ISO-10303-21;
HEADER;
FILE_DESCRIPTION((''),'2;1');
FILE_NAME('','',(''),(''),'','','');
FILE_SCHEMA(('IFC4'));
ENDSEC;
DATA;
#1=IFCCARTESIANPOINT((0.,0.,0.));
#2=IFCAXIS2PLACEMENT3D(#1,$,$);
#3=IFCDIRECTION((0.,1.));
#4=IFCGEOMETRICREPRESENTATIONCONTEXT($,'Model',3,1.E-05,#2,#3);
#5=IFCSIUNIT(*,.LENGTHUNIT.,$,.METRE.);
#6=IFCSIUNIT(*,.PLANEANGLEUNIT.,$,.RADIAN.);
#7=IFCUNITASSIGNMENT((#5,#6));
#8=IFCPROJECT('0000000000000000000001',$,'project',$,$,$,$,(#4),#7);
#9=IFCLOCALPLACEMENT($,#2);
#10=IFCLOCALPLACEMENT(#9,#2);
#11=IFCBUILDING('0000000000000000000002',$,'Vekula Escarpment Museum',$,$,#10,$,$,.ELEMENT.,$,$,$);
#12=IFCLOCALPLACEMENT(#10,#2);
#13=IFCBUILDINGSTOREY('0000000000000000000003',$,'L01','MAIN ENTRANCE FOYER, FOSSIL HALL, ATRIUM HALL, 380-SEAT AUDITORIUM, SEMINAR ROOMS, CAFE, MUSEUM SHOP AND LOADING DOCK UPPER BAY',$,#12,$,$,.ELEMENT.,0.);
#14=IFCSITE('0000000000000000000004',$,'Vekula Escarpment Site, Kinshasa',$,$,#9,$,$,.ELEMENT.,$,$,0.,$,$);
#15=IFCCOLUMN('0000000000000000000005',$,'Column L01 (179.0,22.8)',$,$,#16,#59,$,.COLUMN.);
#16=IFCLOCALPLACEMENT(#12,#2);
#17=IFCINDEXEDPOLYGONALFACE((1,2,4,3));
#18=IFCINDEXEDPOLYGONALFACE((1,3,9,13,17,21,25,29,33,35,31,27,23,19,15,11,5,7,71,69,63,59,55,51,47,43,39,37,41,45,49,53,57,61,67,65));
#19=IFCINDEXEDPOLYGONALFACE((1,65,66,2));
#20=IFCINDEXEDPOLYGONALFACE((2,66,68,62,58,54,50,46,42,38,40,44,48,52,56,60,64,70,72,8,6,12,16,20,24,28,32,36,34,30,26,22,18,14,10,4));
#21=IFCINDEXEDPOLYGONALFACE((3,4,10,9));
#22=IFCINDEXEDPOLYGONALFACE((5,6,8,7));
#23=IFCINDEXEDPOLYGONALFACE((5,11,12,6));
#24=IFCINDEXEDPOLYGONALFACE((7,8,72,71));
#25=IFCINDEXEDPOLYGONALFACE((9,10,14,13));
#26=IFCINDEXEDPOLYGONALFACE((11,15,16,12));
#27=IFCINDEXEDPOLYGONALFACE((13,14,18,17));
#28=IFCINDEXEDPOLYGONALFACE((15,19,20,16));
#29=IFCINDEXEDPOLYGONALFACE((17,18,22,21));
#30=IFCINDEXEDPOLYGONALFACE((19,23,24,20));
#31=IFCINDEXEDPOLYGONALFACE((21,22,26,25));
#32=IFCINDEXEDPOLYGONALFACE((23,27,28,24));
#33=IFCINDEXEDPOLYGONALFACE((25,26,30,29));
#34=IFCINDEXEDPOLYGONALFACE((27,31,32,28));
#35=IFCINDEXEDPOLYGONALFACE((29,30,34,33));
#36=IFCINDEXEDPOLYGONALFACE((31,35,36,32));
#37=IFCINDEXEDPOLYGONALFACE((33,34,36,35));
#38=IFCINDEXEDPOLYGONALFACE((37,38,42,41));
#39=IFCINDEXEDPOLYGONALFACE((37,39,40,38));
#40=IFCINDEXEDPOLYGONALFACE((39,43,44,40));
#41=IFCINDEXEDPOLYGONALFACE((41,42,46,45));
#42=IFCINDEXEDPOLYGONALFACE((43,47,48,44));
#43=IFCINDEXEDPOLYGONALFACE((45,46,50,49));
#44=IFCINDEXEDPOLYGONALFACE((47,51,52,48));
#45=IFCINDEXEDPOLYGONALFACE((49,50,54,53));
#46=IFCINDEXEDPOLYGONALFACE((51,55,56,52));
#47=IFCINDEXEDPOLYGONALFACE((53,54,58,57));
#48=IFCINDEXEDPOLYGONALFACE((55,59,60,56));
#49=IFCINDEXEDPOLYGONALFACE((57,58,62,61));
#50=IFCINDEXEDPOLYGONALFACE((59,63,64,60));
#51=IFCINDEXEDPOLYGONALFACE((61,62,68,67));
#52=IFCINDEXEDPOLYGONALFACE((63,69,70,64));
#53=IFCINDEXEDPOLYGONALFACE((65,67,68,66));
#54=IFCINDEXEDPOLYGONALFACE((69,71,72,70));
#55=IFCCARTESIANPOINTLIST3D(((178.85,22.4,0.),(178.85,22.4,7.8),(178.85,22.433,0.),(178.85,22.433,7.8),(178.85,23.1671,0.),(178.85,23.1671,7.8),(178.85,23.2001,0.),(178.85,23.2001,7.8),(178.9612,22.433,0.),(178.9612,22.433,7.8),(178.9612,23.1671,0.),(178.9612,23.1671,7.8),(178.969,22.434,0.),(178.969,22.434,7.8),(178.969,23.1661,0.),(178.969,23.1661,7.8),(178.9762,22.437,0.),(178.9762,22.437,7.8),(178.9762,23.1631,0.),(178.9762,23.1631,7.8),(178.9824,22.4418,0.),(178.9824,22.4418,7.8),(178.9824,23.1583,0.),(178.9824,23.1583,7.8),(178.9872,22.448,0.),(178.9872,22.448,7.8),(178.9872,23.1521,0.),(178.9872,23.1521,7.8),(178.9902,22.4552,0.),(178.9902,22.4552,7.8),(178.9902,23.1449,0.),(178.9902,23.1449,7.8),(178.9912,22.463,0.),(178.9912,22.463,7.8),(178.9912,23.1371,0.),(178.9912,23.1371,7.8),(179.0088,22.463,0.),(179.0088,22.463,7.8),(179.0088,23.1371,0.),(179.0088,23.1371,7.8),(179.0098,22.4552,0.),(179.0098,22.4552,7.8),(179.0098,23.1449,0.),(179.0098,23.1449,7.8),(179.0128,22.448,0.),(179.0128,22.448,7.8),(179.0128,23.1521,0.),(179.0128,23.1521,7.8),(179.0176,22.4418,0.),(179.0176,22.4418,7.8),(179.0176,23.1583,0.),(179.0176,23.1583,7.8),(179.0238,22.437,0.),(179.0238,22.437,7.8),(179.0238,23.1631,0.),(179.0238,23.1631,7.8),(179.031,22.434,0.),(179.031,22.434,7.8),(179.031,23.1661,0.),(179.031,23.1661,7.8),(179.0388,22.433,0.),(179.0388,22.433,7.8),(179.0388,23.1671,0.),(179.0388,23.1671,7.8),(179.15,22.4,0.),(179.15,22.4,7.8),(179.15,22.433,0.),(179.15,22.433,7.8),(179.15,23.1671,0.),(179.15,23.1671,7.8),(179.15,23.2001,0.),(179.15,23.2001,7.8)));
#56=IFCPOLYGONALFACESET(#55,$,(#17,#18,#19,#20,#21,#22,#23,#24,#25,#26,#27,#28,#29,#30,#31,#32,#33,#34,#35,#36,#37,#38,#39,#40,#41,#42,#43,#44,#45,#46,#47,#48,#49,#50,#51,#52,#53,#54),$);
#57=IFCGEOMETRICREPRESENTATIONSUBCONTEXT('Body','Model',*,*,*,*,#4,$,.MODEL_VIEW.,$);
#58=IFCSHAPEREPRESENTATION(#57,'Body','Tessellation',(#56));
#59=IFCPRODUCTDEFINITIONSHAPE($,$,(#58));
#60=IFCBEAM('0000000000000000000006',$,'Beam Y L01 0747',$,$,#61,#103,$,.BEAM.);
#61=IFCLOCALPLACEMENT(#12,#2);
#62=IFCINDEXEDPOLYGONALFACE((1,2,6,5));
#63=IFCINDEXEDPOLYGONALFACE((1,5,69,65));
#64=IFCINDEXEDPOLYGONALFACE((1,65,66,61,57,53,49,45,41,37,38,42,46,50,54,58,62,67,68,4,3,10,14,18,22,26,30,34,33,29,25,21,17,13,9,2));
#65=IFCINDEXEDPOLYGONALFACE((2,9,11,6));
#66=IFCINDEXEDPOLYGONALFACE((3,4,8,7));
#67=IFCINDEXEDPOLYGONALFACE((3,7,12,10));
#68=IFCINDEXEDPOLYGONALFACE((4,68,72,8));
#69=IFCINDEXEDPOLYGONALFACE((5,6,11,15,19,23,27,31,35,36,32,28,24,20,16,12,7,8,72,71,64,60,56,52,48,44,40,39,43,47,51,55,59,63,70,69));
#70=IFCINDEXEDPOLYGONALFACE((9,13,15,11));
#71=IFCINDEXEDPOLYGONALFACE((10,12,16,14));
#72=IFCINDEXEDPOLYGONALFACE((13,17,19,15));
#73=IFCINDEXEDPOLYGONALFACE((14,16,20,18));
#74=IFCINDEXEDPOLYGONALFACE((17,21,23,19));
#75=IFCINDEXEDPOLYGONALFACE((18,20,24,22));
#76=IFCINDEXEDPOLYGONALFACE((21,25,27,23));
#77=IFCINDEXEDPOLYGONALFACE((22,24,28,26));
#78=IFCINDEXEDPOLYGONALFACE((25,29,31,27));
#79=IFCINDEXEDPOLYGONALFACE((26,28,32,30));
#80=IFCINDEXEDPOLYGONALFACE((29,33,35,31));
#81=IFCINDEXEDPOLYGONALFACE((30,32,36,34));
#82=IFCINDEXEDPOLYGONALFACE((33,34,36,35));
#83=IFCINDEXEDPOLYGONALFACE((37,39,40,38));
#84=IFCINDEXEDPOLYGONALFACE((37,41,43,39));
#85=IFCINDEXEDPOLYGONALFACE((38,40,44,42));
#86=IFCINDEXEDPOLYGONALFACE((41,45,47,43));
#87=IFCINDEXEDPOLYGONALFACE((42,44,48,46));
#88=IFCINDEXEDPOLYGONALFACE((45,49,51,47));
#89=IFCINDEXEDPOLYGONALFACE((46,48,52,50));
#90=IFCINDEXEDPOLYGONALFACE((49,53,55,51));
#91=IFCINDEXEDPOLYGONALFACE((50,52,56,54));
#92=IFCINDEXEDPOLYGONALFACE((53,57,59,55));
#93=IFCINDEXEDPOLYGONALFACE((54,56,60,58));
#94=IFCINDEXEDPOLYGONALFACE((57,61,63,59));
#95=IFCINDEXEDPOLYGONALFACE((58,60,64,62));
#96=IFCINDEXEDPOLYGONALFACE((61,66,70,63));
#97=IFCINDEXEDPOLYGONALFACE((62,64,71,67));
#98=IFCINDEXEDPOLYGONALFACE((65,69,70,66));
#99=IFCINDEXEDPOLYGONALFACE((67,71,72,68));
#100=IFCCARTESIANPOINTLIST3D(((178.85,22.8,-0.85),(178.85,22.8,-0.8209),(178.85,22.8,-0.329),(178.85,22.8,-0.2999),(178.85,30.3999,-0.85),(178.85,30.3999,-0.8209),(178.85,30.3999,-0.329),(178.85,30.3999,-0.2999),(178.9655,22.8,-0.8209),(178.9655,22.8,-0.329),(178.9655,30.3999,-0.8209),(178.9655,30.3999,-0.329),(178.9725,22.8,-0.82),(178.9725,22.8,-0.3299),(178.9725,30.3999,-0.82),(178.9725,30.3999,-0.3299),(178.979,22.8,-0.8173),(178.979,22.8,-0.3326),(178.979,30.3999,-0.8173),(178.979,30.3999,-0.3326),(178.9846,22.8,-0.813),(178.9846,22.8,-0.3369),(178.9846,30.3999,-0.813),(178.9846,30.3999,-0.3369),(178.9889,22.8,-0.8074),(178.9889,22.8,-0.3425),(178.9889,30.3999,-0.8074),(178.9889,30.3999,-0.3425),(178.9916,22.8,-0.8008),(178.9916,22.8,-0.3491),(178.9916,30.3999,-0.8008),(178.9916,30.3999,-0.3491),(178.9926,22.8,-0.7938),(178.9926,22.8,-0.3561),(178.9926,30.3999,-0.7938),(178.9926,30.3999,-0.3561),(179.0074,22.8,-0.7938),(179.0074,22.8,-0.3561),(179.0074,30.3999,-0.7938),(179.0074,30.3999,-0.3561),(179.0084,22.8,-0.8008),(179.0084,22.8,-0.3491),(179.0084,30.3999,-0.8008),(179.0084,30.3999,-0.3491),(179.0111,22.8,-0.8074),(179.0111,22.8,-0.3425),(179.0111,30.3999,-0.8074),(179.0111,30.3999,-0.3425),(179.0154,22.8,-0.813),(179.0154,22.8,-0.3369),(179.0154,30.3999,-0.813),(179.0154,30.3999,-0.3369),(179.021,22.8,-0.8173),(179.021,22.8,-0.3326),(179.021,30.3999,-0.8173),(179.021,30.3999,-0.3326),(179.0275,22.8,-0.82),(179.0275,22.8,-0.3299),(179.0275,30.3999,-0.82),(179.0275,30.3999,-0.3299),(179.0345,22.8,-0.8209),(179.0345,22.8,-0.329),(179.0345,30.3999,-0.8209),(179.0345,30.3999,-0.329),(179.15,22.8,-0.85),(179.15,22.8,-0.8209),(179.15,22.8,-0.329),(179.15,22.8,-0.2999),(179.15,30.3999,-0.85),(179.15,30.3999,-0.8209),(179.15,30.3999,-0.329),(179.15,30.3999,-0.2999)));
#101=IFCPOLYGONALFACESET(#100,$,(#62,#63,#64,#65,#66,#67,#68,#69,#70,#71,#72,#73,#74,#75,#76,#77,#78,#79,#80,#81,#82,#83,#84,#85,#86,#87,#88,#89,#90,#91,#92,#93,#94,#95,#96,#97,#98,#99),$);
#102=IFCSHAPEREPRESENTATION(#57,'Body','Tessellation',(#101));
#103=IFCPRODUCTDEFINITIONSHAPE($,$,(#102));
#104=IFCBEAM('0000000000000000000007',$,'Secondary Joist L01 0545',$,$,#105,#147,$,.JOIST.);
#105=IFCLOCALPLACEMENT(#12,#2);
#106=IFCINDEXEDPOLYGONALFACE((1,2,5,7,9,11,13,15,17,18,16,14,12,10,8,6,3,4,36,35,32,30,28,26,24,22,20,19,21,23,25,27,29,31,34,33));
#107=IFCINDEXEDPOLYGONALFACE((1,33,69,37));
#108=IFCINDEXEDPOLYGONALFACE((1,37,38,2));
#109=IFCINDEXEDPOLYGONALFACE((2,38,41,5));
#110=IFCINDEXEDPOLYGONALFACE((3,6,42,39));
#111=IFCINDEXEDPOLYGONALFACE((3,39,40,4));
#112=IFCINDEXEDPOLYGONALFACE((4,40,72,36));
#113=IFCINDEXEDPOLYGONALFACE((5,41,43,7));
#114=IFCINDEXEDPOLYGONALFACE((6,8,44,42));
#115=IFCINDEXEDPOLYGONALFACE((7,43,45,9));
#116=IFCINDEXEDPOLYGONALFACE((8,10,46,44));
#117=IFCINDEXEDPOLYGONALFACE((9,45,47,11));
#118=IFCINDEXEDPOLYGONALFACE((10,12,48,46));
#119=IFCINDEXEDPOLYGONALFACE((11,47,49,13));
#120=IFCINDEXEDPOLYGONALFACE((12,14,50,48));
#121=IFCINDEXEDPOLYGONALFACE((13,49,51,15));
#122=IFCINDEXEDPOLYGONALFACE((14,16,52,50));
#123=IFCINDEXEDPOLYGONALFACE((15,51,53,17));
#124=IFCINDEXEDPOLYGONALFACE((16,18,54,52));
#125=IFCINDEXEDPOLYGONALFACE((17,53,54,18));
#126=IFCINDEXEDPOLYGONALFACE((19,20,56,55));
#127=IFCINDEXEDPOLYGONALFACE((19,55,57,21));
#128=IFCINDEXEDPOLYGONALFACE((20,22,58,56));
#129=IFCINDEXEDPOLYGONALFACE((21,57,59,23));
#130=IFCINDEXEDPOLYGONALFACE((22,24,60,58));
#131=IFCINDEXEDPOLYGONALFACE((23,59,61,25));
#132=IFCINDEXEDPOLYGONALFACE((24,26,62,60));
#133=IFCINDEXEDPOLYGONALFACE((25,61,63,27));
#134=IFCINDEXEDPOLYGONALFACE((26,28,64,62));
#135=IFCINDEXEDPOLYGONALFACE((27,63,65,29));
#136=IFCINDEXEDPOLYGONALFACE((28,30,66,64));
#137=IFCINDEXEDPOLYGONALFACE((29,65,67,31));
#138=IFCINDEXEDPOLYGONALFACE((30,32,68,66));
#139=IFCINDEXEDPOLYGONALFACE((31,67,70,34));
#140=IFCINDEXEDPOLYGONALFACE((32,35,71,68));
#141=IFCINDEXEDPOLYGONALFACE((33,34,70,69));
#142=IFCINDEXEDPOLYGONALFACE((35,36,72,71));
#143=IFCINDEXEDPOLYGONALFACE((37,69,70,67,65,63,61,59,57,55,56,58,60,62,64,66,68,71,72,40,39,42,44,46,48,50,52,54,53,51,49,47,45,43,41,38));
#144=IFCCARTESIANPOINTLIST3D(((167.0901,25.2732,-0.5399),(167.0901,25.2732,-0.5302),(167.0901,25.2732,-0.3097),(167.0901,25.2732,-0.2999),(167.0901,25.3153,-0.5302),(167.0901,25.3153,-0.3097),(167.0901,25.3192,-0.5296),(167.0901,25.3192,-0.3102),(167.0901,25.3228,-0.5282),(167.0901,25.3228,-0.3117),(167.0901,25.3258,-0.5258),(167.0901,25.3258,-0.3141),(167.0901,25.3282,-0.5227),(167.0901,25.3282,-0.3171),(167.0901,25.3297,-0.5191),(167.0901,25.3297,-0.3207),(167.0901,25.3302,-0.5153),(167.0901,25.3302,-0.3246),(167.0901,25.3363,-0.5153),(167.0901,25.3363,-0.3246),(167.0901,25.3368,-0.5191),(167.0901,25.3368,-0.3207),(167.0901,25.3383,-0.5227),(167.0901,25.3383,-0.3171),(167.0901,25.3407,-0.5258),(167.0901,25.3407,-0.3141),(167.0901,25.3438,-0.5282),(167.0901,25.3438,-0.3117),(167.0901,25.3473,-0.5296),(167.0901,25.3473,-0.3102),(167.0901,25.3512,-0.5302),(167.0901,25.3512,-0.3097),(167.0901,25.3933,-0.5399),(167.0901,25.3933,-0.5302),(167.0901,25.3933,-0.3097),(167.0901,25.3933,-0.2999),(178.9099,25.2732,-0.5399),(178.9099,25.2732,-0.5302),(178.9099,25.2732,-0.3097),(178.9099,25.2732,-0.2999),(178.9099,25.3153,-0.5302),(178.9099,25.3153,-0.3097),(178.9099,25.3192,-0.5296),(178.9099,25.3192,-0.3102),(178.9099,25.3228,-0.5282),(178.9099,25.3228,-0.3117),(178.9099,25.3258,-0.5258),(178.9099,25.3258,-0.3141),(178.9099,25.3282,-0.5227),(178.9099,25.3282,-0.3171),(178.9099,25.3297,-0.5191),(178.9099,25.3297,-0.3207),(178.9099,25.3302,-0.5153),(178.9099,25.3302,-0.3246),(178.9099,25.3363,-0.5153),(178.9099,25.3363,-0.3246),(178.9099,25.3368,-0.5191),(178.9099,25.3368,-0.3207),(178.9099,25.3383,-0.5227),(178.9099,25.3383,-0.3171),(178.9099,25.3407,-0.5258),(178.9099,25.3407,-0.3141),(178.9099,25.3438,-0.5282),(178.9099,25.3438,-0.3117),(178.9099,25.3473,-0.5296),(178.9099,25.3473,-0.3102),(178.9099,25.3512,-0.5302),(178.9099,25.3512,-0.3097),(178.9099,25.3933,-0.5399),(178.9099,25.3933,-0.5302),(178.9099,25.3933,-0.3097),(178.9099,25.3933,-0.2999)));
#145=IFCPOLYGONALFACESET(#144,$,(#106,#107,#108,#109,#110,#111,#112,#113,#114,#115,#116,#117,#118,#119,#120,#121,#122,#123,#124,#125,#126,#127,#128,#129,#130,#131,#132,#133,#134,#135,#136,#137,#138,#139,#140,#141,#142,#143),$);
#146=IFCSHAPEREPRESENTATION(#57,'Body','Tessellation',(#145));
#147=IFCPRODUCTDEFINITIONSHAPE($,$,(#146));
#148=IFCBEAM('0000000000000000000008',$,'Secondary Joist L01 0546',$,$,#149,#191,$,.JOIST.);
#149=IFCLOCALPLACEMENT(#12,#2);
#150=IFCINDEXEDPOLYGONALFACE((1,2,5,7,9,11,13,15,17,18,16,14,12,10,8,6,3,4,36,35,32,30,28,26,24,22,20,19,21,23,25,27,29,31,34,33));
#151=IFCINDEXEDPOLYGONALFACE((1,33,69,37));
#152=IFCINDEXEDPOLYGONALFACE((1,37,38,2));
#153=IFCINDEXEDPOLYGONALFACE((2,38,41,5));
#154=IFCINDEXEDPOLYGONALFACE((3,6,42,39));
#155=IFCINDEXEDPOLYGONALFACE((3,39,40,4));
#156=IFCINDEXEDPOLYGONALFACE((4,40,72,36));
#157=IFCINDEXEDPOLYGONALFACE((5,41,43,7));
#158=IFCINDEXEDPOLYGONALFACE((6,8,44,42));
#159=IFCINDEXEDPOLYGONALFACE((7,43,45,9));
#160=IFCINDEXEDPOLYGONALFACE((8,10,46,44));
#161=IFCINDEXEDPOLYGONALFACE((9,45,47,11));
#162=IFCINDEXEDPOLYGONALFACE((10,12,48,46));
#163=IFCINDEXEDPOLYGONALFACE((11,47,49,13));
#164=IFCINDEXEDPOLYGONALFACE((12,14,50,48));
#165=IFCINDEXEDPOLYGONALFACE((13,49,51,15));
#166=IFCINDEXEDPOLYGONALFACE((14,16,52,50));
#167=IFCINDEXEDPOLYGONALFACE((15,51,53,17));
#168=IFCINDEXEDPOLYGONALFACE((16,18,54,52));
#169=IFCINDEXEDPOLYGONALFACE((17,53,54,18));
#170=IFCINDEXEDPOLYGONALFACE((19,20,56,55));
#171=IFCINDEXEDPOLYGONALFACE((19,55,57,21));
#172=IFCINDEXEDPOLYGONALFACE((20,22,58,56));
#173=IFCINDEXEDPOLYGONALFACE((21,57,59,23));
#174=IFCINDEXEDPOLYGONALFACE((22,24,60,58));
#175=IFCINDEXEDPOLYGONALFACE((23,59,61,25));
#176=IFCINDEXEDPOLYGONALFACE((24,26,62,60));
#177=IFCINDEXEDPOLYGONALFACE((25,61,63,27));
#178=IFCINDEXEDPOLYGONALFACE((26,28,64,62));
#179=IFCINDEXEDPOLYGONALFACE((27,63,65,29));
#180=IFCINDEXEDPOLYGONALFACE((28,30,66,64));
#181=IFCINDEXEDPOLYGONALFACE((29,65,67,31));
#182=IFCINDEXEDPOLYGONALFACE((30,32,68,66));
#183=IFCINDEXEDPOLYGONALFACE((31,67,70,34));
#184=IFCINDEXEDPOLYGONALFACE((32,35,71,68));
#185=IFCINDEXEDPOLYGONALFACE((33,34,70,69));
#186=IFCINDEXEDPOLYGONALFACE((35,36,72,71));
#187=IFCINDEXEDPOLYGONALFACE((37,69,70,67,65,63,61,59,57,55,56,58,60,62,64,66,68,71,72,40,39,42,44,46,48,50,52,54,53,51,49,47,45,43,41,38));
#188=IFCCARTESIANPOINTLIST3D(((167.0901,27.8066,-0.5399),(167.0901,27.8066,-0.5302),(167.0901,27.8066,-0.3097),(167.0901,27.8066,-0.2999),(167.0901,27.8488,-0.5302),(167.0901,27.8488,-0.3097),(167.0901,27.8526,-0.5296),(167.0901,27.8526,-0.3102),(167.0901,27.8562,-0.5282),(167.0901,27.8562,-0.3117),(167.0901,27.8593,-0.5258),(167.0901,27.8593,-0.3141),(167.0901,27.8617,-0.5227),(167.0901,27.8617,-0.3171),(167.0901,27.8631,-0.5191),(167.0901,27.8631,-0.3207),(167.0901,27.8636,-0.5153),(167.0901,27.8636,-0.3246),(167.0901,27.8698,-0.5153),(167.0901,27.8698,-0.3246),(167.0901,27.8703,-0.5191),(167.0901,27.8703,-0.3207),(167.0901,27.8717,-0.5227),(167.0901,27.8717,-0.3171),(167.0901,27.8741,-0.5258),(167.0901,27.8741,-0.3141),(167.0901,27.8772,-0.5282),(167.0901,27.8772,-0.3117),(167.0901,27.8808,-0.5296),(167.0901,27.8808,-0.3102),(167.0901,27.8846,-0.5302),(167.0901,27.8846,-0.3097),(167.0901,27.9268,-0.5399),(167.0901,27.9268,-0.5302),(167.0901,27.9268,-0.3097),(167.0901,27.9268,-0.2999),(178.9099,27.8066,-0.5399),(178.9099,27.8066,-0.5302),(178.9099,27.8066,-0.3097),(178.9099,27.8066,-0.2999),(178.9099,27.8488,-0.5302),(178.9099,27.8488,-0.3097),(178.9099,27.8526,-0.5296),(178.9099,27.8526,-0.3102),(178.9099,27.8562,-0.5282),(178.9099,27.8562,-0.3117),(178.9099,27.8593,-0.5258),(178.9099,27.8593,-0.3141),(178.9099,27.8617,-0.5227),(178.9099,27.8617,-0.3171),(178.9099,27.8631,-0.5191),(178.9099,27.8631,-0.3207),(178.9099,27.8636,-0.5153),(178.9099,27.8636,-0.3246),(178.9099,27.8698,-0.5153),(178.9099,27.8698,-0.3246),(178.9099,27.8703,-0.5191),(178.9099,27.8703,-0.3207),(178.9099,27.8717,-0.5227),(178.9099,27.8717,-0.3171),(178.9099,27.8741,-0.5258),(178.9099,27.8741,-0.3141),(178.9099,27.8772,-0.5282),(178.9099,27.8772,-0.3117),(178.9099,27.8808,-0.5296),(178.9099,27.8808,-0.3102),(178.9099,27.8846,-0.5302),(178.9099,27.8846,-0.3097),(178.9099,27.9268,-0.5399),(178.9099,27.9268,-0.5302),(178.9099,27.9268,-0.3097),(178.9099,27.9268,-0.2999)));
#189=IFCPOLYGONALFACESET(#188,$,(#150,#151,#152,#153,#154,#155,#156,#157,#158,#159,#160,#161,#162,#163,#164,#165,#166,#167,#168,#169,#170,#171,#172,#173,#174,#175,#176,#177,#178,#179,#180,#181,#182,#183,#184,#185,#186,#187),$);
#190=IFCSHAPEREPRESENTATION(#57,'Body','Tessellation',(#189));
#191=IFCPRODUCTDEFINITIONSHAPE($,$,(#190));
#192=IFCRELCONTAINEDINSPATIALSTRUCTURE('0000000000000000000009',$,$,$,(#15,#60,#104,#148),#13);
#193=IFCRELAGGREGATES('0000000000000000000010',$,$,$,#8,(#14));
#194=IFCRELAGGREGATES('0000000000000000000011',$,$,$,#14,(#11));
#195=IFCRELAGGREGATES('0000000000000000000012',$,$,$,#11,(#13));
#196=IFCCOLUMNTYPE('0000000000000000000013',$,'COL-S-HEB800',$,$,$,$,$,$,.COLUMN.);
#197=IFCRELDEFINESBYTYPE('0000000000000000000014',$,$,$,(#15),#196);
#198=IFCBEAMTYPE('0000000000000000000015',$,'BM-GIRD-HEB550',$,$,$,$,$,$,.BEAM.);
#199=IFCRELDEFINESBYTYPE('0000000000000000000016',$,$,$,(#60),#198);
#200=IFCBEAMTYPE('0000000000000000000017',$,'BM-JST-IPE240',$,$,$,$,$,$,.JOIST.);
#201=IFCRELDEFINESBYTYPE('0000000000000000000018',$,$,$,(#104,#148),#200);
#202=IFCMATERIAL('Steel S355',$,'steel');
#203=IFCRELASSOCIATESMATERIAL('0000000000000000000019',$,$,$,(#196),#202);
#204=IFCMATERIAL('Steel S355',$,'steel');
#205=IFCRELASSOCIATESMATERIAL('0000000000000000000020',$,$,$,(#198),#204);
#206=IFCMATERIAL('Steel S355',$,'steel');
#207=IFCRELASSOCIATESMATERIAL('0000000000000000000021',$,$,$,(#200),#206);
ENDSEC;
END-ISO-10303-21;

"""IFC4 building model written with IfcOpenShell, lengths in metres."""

from ifc_helpers import new_model, si_unit, direction, frame, origin, origin_2d, place, context, subcontext, project, spatial, i_section, extrude, material, material_profile, profile_set, type_object, element, save


model = new_model("IFC4")

# Units and contexts
model_context = context("Model", 3, precision=1e-05, world=origin(), true_north=direction((0.0, 1.0)))
body_context = subcontext(model_context, "Body", "Model", "MODEL_VIEW")
ifc_project = project(units=[si_unit("LENGTHUNIT", "METRE"), si_unit("PLANEANGLEUNIT", "RADIAN")], contexts=[model_context])

# Site, building, storey
site_placement = place(None, origin())
site = spatial("IfcSite", under=ifc_project, at=site_placement, Name="Vekula Escarpment Site, Kinshasa", CompositionType="ELEMENT", RefElevation=0.0)
building_placement = place(site_placement, origin())
building = spatial("IfcBuilding", under=site, at=building_placement, Name="Vekula Escarpment Museum", CompositionType="ELEMENT")
storey_placement = place(building_placement, origin())
storey = spatial("IfcBuildingStorey", under=building, at=storey_placement, Name="L01", Description="MAIN ENTRANCE FOYER, FOSSIL HALL, ATRIUM HALL, 380-SEAT AUDITORIUM, SEMINAR ROOMS, CAFE, MUSEUM SHOP AND LOADING DOCK UPPER BAY", CompositionType="ELEMENT", Elevation=0.0)

# Column
ifc_material_1 = material(Name="Steel S355", Category="steel")
ifc_material_profile_1 = material_profile(ifc_material_1, i_section(OverallWidth=0.3, OverallDepth=0.8, WebThickness=0.0176, FlangeThickness=0.033, FilletRadius=0.03, at=origin_2d()), Name="HEB 800")
ifc_profile_set_1 = profile_set([ifc_material_profile_1], Name="Steel S355")
column_type = type_object("IfcColumnType", Name="COL-S-HEB800", PredefinedType="COLUMN", material=ifc_profile_set_1)
column_placement = place(storey_placement, frame((179.0, 22.8, 0.0), z_axis=(0.0, 0.0, 1.0), x_axis=(1.0, 0.0, 0.0)))
element("IfcColumn", 1, at=column_placement, inside=storey, type_object=column_type, Name="Column L01 (179.0,22.8)", PredefinedType="COLUMN", context=body_context, shape_type="SweptSolid", body=[
    extrude(i_section(OverallWidth=0.3, OverallDepth=0.8, WebThickness=0.0176, FlangeThickness=0.033, FilletRadius=0.03, at=origin_2d()), origin(), (0.0, 0.0, 1.0), 7.8),
])

# Beams
ifc_material_2 = material(Name="Steel S355", Category="steel")
ifc_material_profile_2 = material_profile(ifc_material_2, i_section(OverallWidth=0.3, OverallDepth=0.55, WebThickness=0.0149, FlangeThickness=0.0291, FilletRadius=0.0271, at=origin_2d()), Name="HEB 550")
ifc_profile_set_2 = profile_set([ifc_material_profile_2], Name="Steel S355")
beam_type_1 = type_object("IfcBeamType", Name="BM-GIRD-HEB550", PredefinedType="BEAM", material=ifc_profile_set_2)
beam_1_placement = place(storey_placement, frame((179.0, 22.8, -0.575), z_axis=(0.0, 1.0, 0.0), x_axis=(-1.0, 0.0, 0.0)))
element("IfcBeam", 2, at=beam_1_placement, inside=storey, type_object=beam_type_1, Name="Beam Y L01 0747", PredefinedType="BEAM", context=body_context, shape_type="SweptSolid", body=[
    extrude(i_section(OverallWidth=0.3, OverallDepth=0.55, WebThickness=0.0149, FlangeThickness=0.0291, FilletRadius=0.0271, at=origin_2d()), origin(), (0.0, 0.0, 1.0), 7.5999),
])
ifc_material_3 = material(Name="Steel S355", Category="steel")
ifc_material_profile_3 = material_profile(ifc_material_3, i_section(OverallWidth=0.1201, OverallDepth=0.24, WebThickness=0.0061, FlangeThickness=0.0098, FilletRadius=0.0149, at=origin_2d()), Name="IPE 240")
ifc_profile_set_3 = profile_set([ifc_material_profile_3], Name="Steel S355")
beam_type_2 = type_object("IfcBeamType", Name="BM-JST-IPE240", PredefinedType="JOIST", material=ifc_profile_set_3)
for number, where, z_axis, x_axis, name in (
    (3, (167.0901, 25.3333, -0.4199), (1.0, 0.0, 0.0), (0.0, 1.0, 0.0), "Secondary Joist L01 0545"),
    (4, (167.0901, 27.8667, -0.4199), (1.0, 0.0, 0.0), (0.0, 1.0, 0.0), "Secondary Joist L01 0546"),
):
    element("IfcBeam", number, at=place(storey_placement, frame(where, z_axis=z_axis, x_axis=x_axis)), inside=storey, type_object=beam_type_2, Name=name, PredefinedType="JOIST", context=body_context, shape_type="SweptSolid", body=[
        extrude(i_section(OverallWidth=0.1201, OverallDepth=0.24, WebThickness=0.0061, FlangeThickness=0.0098, FilletRadius=0.0149, at=origin_2d()), origin(), (0.0, 0.0, 1.0), 11.8198),
    ])

save(model, "model.ifc")
